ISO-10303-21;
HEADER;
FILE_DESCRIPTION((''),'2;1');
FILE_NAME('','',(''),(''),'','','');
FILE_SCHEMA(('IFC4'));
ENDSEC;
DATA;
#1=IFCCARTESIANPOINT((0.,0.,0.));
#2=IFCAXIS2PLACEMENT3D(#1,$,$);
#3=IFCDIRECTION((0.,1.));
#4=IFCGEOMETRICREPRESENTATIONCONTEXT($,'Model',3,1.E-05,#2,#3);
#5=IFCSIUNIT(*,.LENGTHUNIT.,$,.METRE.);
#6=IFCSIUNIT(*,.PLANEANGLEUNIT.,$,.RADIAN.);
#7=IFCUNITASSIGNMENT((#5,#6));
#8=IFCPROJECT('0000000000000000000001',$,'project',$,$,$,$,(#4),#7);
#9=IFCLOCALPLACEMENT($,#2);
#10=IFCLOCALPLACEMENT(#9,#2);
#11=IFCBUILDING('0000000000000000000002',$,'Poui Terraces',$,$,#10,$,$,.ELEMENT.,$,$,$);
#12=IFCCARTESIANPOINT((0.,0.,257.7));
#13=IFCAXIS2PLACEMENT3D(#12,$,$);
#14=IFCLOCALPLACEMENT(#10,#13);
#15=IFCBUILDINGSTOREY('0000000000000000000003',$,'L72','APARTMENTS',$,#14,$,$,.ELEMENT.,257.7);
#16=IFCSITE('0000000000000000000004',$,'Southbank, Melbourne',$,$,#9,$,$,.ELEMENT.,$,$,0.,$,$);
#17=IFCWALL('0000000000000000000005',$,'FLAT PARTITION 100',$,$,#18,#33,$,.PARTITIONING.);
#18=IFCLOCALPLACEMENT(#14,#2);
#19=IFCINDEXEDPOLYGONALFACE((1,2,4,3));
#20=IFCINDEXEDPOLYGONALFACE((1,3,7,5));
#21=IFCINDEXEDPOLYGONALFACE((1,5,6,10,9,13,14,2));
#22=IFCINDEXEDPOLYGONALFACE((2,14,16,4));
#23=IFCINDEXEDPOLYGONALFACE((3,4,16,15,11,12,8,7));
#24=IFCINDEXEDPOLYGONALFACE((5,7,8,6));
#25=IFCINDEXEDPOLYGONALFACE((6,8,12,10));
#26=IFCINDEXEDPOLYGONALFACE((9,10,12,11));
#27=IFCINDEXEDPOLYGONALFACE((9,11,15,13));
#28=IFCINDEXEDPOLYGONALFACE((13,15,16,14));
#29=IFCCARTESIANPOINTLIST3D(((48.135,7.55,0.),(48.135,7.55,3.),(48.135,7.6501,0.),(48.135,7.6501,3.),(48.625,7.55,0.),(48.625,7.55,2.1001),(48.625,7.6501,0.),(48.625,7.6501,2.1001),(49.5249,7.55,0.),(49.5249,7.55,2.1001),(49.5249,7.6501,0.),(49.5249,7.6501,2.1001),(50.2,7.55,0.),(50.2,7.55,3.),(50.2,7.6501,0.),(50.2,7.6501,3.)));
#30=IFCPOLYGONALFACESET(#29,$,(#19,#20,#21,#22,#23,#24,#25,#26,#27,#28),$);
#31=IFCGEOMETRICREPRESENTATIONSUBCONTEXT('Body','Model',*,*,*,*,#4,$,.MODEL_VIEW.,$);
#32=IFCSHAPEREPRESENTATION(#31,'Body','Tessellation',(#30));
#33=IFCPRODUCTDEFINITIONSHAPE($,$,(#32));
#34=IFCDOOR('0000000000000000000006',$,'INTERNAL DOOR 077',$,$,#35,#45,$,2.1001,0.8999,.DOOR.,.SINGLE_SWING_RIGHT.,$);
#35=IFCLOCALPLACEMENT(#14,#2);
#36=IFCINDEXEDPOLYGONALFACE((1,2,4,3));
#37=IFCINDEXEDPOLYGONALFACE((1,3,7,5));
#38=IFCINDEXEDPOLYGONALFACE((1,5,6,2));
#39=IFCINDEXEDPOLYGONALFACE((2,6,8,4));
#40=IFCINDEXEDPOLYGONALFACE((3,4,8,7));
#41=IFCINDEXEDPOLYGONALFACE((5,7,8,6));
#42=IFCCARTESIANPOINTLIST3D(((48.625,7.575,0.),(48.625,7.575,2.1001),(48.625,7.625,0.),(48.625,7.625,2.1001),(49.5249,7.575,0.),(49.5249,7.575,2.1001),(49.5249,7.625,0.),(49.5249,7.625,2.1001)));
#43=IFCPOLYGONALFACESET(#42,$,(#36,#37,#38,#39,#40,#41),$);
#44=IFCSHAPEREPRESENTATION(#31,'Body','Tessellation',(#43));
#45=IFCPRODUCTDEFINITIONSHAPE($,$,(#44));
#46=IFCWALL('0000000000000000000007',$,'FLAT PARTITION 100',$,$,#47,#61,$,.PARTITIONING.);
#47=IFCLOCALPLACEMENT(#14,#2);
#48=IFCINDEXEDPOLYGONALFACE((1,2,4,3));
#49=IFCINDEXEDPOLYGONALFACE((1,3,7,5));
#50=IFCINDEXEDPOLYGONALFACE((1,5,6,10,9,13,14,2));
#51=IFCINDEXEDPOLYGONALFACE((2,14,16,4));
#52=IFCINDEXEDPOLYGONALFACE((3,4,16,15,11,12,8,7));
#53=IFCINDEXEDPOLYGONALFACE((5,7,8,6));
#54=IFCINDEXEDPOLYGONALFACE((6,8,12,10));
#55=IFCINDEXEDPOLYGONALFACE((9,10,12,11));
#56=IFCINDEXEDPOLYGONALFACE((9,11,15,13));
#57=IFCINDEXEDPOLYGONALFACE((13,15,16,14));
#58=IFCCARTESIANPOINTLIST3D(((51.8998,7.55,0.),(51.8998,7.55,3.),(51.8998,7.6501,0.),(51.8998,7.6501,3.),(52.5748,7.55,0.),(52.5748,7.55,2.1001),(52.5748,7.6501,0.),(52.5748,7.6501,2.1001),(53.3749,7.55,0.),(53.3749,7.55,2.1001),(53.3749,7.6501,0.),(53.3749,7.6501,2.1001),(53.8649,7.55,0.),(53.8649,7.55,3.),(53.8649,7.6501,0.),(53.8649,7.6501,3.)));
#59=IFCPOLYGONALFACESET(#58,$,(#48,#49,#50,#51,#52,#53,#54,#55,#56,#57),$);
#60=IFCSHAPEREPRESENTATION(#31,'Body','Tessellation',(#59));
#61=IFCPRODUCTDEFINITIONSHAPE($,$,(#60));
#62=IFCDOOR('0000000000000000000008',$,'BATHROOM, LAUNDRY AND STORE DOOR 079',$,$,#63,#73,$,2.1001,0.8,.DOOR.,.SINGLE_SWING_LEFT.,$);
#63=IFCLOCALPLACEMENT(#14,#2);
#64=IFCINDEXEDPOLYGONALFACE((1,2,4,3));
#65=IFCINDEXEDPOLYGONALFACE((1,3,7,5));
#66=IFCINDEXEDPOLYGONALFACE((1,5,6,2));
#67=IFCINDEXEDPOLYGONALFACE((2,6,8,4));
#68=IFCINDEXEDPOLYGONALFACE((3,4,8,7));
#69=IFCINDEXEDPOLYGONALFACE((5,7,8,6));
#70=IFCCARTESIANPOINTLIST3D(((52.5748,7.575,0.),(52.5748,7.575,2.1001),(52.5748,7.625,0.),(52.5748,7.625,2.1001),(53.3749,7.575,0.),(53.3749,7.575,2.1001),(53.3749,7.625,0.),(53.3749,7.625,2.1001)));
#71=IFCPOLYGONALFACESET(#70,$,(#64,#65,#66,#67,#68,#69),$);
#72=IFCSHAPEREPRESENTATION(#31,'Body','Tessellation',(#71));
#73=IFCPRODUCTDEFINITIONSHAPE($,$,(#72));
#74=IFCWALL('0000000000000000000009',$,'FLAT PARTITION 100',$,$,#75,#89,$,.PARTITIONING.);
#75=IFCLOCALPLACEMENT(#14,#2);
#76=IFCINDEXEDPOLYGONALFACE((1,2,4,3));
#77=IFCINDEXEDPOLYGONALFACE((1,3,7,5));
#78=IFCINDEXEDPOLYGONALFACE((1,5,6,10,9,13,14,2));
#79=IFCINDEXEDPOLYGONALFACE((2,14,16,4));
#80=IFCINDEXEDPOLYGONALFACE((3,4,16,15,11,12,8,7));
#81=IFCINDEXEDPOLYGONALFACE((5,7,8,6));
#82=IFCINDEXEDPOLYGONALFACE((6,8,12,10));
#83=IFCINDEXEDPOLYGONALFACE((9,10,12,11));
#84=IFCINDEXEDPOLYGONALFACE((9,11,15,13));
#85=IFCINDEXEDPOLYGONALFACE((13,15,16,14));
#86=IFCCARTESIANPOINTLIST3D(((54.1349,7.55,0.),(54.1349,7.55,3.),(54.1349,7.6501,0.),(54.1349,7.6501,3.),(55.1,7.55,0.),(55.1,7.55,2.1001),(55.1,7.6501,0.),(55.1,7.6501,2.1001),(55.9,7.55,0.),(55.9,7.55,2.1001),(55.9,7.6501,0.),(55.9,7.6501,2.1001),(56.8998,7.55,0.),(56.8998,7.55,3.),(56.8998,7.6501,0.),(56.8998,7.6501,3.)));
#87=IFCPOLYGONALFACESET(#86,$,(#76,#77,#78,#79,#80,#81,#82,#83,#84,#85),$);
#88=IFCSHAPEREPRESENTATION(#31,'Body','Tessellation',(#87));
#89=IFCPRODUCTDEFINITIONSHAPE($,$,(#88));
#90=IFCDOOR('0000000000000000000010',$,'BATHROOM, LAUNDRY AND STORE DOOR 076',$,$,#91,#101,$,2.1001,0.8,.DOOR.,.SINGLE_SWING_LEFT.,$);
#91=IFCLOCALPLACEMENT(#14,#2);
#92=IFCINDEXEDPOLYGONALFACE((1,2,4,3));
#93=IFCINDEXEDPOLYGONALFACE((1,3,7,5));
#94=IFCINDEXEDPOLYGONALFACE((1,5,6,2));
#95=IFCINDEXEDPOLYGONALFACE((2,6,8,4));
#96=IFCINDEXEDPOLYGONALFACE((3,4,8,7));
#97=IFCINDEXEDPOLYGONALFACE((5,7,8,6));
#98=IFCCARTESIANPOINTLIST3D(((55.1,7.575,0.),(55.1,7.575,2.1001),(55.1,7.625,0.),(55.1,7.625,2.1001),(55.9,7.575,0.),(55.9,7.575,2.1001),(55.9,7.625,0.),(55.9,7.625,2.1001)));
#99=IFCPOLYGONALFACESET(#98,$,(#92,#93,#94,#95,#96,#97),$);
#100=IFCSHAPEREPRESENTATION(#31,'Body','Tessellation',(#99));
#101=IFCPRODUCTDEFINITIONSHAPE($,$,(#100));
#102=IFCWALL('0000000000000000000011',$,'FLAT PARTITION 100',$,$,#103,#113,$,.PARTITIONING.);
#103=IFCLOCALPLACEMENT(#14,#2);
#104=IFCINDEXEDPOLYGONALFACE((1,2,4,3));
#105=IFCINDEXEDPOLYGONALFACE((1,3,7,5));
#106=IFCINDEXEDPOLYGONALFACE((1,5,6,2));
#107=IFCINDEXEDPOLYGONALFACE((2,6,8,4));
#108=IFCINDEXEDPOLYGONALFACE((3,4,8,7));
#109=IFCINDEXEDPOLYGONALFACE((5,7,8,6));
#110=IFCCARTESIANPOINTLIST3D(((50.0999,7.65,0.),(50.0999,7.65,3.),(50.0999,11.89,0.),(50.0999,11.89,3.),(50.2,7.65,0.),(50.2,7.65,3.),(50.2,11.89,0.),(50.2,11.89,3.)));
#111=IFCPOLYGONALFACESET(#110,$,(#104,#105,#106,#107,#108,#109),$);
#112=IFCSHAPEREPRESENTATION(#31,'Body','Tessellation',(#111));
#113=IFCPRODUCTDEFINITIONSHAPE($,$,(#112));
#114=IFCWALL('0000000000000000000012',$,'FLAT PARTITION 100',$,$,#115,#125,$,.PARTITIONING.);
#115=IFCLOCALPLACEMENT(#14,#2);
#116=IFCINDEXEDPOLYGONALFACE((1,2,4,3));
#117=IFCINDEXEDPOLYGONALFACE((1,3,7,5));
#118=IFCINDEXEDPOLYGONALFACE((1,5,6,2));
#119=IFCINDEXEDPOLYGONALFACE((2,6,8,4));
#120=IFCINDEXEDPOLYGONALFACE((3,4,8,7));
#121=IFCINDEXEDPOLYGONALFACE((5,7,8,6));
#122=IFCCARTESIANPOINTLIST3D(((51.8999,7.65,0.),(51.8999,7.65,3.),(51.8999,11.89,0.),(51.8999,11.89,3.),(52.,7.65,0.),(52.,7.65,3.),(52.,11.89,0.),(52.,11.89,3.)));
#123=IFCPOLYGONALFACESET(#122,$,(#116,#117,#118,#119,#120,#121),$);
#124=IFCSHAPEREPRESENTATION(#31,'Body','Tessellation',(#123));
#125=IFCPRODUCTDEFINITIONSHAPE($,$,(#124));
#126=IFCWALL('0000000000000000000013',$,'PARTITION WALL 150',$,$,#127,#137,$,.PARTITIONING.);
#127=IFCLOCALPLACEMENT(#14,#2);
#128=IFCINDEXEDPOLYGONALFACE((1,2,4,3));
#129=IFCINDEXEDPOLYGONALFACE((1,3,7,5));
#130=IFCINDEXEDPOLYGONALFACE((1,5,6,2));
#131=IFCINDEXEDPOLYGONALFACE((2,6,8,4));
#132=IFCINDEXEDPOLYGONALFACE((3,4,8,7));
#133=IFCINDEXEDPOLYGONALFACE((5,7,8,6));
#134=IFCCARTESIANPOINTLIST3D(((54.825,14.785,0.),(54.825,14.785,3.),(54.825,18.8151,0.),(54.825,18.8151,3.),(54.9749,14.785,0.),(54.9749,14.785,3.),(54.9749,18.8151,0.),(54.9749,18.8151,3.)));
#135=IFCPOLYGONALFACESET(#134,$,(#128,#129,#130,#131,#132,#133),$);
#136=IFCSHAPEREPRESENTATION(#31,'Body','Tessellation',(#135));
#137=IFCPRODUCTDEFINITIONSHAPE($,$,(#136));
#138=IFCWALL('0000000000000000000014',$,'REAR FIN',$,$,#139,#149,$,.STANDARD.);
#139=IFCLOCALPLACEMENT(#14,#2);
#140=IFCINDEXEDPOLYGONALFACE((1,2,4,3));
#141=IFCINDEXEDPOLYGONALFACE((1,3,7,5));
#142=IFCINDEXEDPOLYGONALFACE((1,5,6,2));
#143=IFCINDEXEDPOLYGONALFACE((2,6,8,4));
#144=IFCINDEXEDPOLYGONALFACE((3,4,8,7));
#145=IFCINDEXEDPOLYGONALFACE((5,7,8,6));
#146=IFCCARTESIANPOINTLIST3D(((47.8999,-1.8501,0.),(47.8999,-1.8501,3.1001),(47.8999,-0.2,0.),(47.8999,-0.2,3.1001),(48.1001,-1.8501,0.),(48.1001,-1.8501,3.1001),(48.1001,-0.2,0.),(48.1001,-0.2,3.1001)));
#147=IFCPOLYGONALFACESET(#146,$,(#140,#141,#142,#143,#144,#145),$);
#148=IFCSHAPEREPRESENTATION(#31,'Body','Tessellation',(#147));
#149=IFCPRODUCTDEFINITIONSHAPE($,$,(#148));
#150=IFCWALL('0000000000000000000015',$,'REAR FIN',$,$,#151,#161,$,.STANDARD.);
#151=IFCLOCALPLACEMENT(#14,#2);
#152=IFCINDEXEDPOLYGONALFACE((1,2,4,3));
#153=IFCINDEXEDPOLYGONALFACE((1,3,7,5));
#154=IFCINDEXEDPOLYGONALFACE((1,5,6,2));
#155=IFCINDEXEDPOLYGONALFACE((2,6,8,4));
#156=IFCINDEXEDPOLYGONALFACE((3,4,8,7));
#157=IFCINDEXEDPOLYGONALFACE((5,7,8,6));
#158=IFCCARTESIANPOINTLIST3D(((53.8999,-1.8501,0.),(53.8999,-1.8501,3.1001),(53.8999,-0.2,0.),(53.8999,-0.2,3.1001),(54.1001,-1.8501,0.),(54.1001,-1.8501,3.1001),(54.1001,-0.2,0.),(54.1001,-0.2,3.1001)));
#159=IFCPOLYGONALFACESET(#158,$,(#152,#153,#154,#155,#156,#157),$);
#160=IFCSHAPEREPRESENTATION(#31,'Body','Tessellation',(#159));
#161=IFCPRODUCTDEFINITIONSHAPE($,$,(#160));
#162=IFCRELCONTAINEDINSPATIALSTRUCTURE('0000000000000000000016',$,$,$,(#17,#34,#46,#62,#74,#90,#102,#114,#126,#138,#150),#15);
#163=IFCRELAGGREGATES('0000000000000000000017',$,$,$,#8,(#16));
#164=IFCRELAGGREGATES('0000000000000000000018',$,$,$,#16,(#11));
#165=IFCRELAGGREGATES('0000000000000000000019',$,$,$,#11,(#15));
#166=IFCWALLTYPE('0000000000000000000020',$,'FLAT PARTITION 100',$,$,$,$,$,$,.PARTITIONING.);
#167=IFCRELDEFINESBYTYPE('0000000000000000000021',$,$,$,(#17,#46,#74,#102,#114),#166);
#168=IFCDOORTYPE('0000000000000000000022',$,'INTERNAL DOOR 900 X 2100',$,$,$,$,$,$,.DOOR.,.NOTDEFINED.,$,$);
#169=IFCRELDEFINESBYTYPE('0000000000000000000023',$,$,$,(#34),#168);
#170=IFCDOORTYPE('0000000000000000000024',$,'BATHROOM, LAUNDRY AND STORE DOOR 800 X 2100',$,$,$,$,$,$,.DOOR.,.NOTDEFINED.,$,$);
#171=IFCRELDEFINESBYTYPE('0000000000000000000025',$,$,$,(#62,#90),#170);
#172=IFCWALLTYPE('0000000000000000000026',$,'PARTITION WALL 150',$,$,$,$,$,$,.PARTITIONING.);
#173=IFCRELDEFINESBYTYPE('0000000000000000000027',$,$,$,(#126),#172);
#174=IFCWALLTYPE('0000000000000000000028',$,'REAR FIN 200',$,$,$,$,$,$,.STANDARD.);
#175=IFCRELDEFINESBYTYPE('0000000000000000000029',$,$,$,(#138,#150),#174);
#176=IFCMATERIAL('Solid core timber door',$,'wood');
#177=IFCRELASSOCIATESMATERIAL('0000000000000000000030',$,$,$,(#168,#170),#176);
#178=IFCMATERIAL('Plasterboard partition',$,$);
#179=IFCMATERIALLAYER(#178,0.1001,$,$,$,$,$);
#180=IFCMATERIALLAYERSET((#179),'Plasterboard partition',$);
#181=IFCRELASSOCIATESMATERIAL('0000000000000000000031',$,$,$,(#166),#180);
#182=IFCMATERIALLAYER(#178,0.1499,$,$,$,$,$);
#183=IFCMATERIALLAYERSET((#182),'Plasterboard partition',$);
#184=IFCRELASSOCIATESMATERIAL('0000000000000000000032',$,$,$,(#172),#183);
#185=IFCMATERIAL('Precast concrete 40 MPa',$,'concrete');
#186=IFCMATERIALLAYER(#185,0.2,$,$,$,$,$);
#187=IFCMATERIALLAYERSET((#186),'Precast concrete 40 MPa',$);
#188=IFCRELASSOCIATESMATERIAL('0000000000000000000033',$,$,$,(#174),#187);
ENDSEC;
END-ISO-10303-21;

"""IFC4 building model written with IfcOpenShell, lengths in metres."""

from ifc_helpers import new_model, si_unit, direction, frame, frame_2d, origin, place, context, subcontext, project, spatial, polyline, rectangle, outline, extrude, source, transform, mapped, material, layer, layer_set, type_object, element, fill, save


model = new_model("IFC4")

# Units and contexts
model_context = context("Model", 3, precision=1e-05, world=origin(), true_north=direction((0.0, 1.0)))
body_context = subcontext(model_context, "Body", "Model", "MODEL_VIEW")
ifc_project = project(units=[si_unit("LENGTHUNIT", "METRE"), si_unit("PLANEANGLEUNIT", "RADIAN")], contexts=[model_context])

# Site, building, storey
site_placement = place(None, origin())
site = spatial("IfcSite", under=ifc_project, at=site_placement, Name="Southbank, Melbourne", CompositionType="ELEMENT", RefElevation=0.0)
building_placement = place(site_placement, origin())
building = spatial("IfcBuilding", under=site, at=building_placement, Name="Poui Terraces", CompositionType="ELEMENT")
storey_placement = place(building_placement, frame((0.0, 0.0, 257.7)))
storey = spatial("IfcBuildingStorey", under=building, at=storey_placement, Name="L72", Description="APARTMENTS", CompositionType="ELEMENT", Elevation=257.7)

# Shared definitions
ifc_material_1 = material(Name="Precast concrete 40 MPa", Category="concrete")

# Walls, openings, doors
ifc_material_2 = material(Name="Solid core timber door", Category="wood")
door_type_1 = type_object("IfcDoorType", Name="INTERNAL DOOR 900 X 2100", OperationType="NOTDEFINED", PredefinedType="DOOR", material=ifc_material_2)
ifc_material_3 = material(Name="Plasterboard partition")
ifc_layer_1 = layer(ifc_material_3, 0.1001)
ifc_layer_set_1 = layer_set([ifc_layer_1], Name="Plasterboard partition")
wall_type_1 = type_object("IfcWallType", Name="FLAT PARTITION 100", PredefinedType="PARTITIONING", material=ifc_layer_set_1)
wall_1_placement = place(storey_placement, frame((48.135, 7.6001, 0.0), z_axis=(0.0, 0.0, 1.0), x_axis=(1.0, 0.0, 0.0)))
wall_1 = element("IfcWall", 1, at=wall_1_placement, inside=storey, type_object=wall_type_1, Name="FLAT PARTITION 100", PredefinedType="PARTITIONING", context=body_context, shape_type="SweptSolid", body=[
    extrude(rectangle(XDim=2.0649, YDim=0.1001, at=frame_2d((1.0325, 0.0))), origin(), (0.0, 0.0, 1.0), 3.0),
])
opening_1_placement = place(wall_1_placement, frame((0.49, 0.0, 0.0)))
opening_1 = element("IfcOpeningElement", 2, at=opening_1_placement, cuts=wall_1, PredefinedType="OPENING", context=body_context, shape_type="SweptSolid", body=[
    extrude(rectangle(XDim=0.8999, YDim=2.1001, at=frame_2d((0.45, 1.05))), frame((0.0, 0.0601, 0.0), z_axis=(0.0, -1.0, 0.0), x_axis=(1.0, 0.0, 0.0)), (0.0, 0.0, 1.0), 0.1201),
])
door_1_placement = place(opening_1_placement, origin())
door_1 = element("IfcDoor", 3, at=door_1_placement, inside=storey, type_object=door_type_1, Name="INTERNAL DOOR 077", OperationType="SINGLE_SWING_RIGHT", OverallHeight=2.1001, OverallWidth=0.8999, PredefinedType="DOOR", context=body_context, shape_type="SweptSolid", body=[
    extrude(rectangle(XDim=0.8999, YDim=2.1001, at=frame_2d((0.45, 1.05))), frame((0.0, 0.0249, 0.0), z_axis=(0.0, -1.0, 0.0), x_axis=(1.0, 0.0, 0.0)), (0.0, 0.0, 1.0), 0.05),
])
fill(opening_1, door_1)
wall_2_placement = place(storey_placement, frame((51.8999, 7.6001, 0.0), z_axis=(0.0, 0.0, 1.0), x_axis=(1.0, 0.0, 0.0)))
wall_2 = element("IfcWall", 4, at=wall_2_placement, inside=storey, type_object=wall_type_1, Name="FLAT PARTITION 100", PredefinedType="PARTITIONING", context=body_context, shape_type="SweptSolid", body=[
    extrude(rectangle(XDim=1.9651, YDim=0.1001, at=frame_2d((0.9824, 0.0))), origin(), (0.0, 0.0, 1.0), 3.0),
])
opening_2_placement = place(wall_2_placement, frame((0.675, 0.0, 0.0)))
opening_2 = element("IfcOpeningElement", 5, at=opening_2_placement, cuts=wall_2, PredefinedType="OPENING", context=body_context, shape_type="SweptSolid", body=[
    extrude(rectangle(XDim=0.8, YDim=2.1001, at=frame_2d((0.3999, 1.05))), frame((0.0, 0.0601, 0.0), z_axis=(0.0, -1.0, 0.0), x_axis=(1.0, 0.0, 0.0)), (0.0, 0.0, 1.0), 0.1201),
])
door_type_2 = type_object("IfcDoorType", Name="BATHROOM, LAUNDRY AND STORE DOOR 800 X 2100", OperationType="NOTDEFINED", PredefinedType="DOOR", material=ifc_material_2)
door_2_placement = place(opening_2_placement, origin())
door_2 = element("IfcDoor", 6, at=door_2_placement, inside=storey, type_object=door_type_2, Name="BATHROOM, LAUNDRY AND STORE DOOR 079", OperationType="SINGLE_SWING_LEFT", OverallHeight=2.1001, OverallWidth=0.8, PredefinedType="DOOR", context=body_context, shape_type="SweptSolid", body=[
    extrude(rectangle(XDim=0.8, YDim=2.1001, at=frame_2d((0.3999, 1.05))), frame((0.0, 0.0249, 0.0), z_axis=(0.0, -1.0, 0.0), x_axis=(1.0, 0.0, 0.0)), (0.0, 0.0, 1.0), 0.05),
])
fill(opening_2, door_2)
wall_3_placement = place(storey_placement, frame((54.135, 7.6001, 0.0), z_axis=(0.0, 0.0, 1.0), x_axis=(1.0, 0.0, 0.0)))
wall_3 = element("IfcWall", 7, at=wall_3_placement, inside=storey, type_object=wall_type_1, Name="FLAT PARTITION 100", PredefinedType="PARTITIONING", context=body_context, shape_type="SweptSolid", body=[
    extrude(rectangle(XDim=2.7649, YDim=0.1001, at=frame_2d((1.3823, 0.0))), origin(), (0.0, 0.0, 1.0), 3.0),
])
opening_3_placement = place(wall_3_placement, frame((0.9651, 0.0, 0.0)))
opening_3 = element("IfcOpeningElement", 8, at=opening_3_placement, cuts=wall_3, PredefinedType="OPENING", context=body_context, shape_type="SweptSolid", body=[
    extrude(rectangle(XDim=0.8, YDim=2.1001, at=frame_2d((0.3999, 1.05))), frame((0.0, 0.0601, 0.0), z_axis=(0.0, -1.0, 0.0), x_axis=(1.0, 0.0, 0.0)), (0.0, 0.0, 1.0), 0.1201),
])
door_3_placement = place(opening_3_placement, origin())
door_3 = element("IfcDoor", 9, at=door_3_placement, inside=storey, type_object=door_type_2, Name="BATHROOM, LAUNDRY AND STORE DOOR 076", OperationType="SINGLE_SWING_LEFT", OverallHeight=2.1001, OverallWidth=0.8, PredefinedType="DOOR", context=body_context, shape_type="SweptSolid", body=[
    extrude(rectangle(XDim=0.8, YDim=2.1001, at=frame_2d((0.3999, 1.05))), frame((0.0, 0.0249, 0.0), z_axis=(0.0, -1.0, 0.0), x_axis=(1.0, 0.0, 0.0)), (0.0, 0.0, 1.0), 0.05),
])
fill(opening_3, door_3)

# Walls
for number, where, z_axis, x_axis, name in (
    (10, (50.1499, 7.6499, 0.0), (0.0, 0.0, 1.0), (0.0, 1.0, 0.0), "FLAT PARTITION 100"),
    (11, (51.95, 7.6499, 0.0), (0.0, 0.0, 1.0), (0.0, 1.0, 0.0), "FLAT PARTITION 100"),
):
    element("IfcWall", number, at=place(storey_placement, frame(where, z_axis=z_axis, x_axis=x_axis)), inside=storey, type_object=wall_type_1, Name=name, PredefinedType="PARTITIONING", context=body_context, shape_type="SweptSolid", body=[
        extrude(rectangle(XDim=4.24, YDim=0.1001, at=frame_2d((2.1201, 0.0))), origin(), (0.0, 0.0, 1.0), 3.0),
    ])
ifc_layer_2 = layer(ifc_material_3, 0.1499)
ifc_layer_set_2 = layer_set([ifc_layer_2], Name="Plasterboard partition")
wall_type_2 = type_object("IfcWallType", Name="PARTITION WALL 150", PredefinedType="PARTITIONING", material=ifc_layer_set_2)
wall_4_placement = place(storey_placement, frame((54.8999, 14.7849, 0.0), z_axis=(0.0, 0.0, 1.0), x_axis=(0.0, 1.0, 0.0)))
element("IfcWall", 12, at=wall_4_placement, inside=storey, type_object=wall_type_2, Name="PARTITION WALL 150", PredefinedType="PARTITIONING", context=body_context, shape_type="SweptSolid", body=[
    extrude(rectangle(XDim=4.03, YDim=0.1499, at=frame_2d((2.0151, 0.0))), origin(), (0.0, 0.0, 1.0), 3.0),
])
ifc_layer_3 = layer(ifc_material_1, 0.2)
ifc_layer_set_3 = layer_set([ifc_layer_3], Name="Precast concrete 40 MPa")
wall_type_3 = type_object("IfcWallType", Name="REAR FIN 200", PredefinedType="STANDARD", material=ifc_layer_set_3)
shared_shape_1 = source(origin(), body_context, "Body", "SweptSolid", [
    extrude(outline(polyline([(0.0, 0.0), (0.2002, 0.0), (0.2002, 1.6501), (0.0, 1.6501), (0.0, 0.0)])), origin(), (0.0, 0.0, 1.0), 3.1001),
])
for number, where, name in (
    (13, (47.8999, -1.8501, 0.0), "REAR FIN"),
    (14, (53.8999, -1.8501, 0.0), "REAR FIN"),
):
    element("IfcWall", number, at=place(storey_placement, frame(where)), inside=storey, type_object=wall_type_3, Name=name, PredefinedType="STANDARD", context=body_context, shape_type="MappedRepresentation", body=[
        mapped(shared_shape_1, transform((0.0, 0.0, 0.0))),
    ])

save(model, "model.ifc")
